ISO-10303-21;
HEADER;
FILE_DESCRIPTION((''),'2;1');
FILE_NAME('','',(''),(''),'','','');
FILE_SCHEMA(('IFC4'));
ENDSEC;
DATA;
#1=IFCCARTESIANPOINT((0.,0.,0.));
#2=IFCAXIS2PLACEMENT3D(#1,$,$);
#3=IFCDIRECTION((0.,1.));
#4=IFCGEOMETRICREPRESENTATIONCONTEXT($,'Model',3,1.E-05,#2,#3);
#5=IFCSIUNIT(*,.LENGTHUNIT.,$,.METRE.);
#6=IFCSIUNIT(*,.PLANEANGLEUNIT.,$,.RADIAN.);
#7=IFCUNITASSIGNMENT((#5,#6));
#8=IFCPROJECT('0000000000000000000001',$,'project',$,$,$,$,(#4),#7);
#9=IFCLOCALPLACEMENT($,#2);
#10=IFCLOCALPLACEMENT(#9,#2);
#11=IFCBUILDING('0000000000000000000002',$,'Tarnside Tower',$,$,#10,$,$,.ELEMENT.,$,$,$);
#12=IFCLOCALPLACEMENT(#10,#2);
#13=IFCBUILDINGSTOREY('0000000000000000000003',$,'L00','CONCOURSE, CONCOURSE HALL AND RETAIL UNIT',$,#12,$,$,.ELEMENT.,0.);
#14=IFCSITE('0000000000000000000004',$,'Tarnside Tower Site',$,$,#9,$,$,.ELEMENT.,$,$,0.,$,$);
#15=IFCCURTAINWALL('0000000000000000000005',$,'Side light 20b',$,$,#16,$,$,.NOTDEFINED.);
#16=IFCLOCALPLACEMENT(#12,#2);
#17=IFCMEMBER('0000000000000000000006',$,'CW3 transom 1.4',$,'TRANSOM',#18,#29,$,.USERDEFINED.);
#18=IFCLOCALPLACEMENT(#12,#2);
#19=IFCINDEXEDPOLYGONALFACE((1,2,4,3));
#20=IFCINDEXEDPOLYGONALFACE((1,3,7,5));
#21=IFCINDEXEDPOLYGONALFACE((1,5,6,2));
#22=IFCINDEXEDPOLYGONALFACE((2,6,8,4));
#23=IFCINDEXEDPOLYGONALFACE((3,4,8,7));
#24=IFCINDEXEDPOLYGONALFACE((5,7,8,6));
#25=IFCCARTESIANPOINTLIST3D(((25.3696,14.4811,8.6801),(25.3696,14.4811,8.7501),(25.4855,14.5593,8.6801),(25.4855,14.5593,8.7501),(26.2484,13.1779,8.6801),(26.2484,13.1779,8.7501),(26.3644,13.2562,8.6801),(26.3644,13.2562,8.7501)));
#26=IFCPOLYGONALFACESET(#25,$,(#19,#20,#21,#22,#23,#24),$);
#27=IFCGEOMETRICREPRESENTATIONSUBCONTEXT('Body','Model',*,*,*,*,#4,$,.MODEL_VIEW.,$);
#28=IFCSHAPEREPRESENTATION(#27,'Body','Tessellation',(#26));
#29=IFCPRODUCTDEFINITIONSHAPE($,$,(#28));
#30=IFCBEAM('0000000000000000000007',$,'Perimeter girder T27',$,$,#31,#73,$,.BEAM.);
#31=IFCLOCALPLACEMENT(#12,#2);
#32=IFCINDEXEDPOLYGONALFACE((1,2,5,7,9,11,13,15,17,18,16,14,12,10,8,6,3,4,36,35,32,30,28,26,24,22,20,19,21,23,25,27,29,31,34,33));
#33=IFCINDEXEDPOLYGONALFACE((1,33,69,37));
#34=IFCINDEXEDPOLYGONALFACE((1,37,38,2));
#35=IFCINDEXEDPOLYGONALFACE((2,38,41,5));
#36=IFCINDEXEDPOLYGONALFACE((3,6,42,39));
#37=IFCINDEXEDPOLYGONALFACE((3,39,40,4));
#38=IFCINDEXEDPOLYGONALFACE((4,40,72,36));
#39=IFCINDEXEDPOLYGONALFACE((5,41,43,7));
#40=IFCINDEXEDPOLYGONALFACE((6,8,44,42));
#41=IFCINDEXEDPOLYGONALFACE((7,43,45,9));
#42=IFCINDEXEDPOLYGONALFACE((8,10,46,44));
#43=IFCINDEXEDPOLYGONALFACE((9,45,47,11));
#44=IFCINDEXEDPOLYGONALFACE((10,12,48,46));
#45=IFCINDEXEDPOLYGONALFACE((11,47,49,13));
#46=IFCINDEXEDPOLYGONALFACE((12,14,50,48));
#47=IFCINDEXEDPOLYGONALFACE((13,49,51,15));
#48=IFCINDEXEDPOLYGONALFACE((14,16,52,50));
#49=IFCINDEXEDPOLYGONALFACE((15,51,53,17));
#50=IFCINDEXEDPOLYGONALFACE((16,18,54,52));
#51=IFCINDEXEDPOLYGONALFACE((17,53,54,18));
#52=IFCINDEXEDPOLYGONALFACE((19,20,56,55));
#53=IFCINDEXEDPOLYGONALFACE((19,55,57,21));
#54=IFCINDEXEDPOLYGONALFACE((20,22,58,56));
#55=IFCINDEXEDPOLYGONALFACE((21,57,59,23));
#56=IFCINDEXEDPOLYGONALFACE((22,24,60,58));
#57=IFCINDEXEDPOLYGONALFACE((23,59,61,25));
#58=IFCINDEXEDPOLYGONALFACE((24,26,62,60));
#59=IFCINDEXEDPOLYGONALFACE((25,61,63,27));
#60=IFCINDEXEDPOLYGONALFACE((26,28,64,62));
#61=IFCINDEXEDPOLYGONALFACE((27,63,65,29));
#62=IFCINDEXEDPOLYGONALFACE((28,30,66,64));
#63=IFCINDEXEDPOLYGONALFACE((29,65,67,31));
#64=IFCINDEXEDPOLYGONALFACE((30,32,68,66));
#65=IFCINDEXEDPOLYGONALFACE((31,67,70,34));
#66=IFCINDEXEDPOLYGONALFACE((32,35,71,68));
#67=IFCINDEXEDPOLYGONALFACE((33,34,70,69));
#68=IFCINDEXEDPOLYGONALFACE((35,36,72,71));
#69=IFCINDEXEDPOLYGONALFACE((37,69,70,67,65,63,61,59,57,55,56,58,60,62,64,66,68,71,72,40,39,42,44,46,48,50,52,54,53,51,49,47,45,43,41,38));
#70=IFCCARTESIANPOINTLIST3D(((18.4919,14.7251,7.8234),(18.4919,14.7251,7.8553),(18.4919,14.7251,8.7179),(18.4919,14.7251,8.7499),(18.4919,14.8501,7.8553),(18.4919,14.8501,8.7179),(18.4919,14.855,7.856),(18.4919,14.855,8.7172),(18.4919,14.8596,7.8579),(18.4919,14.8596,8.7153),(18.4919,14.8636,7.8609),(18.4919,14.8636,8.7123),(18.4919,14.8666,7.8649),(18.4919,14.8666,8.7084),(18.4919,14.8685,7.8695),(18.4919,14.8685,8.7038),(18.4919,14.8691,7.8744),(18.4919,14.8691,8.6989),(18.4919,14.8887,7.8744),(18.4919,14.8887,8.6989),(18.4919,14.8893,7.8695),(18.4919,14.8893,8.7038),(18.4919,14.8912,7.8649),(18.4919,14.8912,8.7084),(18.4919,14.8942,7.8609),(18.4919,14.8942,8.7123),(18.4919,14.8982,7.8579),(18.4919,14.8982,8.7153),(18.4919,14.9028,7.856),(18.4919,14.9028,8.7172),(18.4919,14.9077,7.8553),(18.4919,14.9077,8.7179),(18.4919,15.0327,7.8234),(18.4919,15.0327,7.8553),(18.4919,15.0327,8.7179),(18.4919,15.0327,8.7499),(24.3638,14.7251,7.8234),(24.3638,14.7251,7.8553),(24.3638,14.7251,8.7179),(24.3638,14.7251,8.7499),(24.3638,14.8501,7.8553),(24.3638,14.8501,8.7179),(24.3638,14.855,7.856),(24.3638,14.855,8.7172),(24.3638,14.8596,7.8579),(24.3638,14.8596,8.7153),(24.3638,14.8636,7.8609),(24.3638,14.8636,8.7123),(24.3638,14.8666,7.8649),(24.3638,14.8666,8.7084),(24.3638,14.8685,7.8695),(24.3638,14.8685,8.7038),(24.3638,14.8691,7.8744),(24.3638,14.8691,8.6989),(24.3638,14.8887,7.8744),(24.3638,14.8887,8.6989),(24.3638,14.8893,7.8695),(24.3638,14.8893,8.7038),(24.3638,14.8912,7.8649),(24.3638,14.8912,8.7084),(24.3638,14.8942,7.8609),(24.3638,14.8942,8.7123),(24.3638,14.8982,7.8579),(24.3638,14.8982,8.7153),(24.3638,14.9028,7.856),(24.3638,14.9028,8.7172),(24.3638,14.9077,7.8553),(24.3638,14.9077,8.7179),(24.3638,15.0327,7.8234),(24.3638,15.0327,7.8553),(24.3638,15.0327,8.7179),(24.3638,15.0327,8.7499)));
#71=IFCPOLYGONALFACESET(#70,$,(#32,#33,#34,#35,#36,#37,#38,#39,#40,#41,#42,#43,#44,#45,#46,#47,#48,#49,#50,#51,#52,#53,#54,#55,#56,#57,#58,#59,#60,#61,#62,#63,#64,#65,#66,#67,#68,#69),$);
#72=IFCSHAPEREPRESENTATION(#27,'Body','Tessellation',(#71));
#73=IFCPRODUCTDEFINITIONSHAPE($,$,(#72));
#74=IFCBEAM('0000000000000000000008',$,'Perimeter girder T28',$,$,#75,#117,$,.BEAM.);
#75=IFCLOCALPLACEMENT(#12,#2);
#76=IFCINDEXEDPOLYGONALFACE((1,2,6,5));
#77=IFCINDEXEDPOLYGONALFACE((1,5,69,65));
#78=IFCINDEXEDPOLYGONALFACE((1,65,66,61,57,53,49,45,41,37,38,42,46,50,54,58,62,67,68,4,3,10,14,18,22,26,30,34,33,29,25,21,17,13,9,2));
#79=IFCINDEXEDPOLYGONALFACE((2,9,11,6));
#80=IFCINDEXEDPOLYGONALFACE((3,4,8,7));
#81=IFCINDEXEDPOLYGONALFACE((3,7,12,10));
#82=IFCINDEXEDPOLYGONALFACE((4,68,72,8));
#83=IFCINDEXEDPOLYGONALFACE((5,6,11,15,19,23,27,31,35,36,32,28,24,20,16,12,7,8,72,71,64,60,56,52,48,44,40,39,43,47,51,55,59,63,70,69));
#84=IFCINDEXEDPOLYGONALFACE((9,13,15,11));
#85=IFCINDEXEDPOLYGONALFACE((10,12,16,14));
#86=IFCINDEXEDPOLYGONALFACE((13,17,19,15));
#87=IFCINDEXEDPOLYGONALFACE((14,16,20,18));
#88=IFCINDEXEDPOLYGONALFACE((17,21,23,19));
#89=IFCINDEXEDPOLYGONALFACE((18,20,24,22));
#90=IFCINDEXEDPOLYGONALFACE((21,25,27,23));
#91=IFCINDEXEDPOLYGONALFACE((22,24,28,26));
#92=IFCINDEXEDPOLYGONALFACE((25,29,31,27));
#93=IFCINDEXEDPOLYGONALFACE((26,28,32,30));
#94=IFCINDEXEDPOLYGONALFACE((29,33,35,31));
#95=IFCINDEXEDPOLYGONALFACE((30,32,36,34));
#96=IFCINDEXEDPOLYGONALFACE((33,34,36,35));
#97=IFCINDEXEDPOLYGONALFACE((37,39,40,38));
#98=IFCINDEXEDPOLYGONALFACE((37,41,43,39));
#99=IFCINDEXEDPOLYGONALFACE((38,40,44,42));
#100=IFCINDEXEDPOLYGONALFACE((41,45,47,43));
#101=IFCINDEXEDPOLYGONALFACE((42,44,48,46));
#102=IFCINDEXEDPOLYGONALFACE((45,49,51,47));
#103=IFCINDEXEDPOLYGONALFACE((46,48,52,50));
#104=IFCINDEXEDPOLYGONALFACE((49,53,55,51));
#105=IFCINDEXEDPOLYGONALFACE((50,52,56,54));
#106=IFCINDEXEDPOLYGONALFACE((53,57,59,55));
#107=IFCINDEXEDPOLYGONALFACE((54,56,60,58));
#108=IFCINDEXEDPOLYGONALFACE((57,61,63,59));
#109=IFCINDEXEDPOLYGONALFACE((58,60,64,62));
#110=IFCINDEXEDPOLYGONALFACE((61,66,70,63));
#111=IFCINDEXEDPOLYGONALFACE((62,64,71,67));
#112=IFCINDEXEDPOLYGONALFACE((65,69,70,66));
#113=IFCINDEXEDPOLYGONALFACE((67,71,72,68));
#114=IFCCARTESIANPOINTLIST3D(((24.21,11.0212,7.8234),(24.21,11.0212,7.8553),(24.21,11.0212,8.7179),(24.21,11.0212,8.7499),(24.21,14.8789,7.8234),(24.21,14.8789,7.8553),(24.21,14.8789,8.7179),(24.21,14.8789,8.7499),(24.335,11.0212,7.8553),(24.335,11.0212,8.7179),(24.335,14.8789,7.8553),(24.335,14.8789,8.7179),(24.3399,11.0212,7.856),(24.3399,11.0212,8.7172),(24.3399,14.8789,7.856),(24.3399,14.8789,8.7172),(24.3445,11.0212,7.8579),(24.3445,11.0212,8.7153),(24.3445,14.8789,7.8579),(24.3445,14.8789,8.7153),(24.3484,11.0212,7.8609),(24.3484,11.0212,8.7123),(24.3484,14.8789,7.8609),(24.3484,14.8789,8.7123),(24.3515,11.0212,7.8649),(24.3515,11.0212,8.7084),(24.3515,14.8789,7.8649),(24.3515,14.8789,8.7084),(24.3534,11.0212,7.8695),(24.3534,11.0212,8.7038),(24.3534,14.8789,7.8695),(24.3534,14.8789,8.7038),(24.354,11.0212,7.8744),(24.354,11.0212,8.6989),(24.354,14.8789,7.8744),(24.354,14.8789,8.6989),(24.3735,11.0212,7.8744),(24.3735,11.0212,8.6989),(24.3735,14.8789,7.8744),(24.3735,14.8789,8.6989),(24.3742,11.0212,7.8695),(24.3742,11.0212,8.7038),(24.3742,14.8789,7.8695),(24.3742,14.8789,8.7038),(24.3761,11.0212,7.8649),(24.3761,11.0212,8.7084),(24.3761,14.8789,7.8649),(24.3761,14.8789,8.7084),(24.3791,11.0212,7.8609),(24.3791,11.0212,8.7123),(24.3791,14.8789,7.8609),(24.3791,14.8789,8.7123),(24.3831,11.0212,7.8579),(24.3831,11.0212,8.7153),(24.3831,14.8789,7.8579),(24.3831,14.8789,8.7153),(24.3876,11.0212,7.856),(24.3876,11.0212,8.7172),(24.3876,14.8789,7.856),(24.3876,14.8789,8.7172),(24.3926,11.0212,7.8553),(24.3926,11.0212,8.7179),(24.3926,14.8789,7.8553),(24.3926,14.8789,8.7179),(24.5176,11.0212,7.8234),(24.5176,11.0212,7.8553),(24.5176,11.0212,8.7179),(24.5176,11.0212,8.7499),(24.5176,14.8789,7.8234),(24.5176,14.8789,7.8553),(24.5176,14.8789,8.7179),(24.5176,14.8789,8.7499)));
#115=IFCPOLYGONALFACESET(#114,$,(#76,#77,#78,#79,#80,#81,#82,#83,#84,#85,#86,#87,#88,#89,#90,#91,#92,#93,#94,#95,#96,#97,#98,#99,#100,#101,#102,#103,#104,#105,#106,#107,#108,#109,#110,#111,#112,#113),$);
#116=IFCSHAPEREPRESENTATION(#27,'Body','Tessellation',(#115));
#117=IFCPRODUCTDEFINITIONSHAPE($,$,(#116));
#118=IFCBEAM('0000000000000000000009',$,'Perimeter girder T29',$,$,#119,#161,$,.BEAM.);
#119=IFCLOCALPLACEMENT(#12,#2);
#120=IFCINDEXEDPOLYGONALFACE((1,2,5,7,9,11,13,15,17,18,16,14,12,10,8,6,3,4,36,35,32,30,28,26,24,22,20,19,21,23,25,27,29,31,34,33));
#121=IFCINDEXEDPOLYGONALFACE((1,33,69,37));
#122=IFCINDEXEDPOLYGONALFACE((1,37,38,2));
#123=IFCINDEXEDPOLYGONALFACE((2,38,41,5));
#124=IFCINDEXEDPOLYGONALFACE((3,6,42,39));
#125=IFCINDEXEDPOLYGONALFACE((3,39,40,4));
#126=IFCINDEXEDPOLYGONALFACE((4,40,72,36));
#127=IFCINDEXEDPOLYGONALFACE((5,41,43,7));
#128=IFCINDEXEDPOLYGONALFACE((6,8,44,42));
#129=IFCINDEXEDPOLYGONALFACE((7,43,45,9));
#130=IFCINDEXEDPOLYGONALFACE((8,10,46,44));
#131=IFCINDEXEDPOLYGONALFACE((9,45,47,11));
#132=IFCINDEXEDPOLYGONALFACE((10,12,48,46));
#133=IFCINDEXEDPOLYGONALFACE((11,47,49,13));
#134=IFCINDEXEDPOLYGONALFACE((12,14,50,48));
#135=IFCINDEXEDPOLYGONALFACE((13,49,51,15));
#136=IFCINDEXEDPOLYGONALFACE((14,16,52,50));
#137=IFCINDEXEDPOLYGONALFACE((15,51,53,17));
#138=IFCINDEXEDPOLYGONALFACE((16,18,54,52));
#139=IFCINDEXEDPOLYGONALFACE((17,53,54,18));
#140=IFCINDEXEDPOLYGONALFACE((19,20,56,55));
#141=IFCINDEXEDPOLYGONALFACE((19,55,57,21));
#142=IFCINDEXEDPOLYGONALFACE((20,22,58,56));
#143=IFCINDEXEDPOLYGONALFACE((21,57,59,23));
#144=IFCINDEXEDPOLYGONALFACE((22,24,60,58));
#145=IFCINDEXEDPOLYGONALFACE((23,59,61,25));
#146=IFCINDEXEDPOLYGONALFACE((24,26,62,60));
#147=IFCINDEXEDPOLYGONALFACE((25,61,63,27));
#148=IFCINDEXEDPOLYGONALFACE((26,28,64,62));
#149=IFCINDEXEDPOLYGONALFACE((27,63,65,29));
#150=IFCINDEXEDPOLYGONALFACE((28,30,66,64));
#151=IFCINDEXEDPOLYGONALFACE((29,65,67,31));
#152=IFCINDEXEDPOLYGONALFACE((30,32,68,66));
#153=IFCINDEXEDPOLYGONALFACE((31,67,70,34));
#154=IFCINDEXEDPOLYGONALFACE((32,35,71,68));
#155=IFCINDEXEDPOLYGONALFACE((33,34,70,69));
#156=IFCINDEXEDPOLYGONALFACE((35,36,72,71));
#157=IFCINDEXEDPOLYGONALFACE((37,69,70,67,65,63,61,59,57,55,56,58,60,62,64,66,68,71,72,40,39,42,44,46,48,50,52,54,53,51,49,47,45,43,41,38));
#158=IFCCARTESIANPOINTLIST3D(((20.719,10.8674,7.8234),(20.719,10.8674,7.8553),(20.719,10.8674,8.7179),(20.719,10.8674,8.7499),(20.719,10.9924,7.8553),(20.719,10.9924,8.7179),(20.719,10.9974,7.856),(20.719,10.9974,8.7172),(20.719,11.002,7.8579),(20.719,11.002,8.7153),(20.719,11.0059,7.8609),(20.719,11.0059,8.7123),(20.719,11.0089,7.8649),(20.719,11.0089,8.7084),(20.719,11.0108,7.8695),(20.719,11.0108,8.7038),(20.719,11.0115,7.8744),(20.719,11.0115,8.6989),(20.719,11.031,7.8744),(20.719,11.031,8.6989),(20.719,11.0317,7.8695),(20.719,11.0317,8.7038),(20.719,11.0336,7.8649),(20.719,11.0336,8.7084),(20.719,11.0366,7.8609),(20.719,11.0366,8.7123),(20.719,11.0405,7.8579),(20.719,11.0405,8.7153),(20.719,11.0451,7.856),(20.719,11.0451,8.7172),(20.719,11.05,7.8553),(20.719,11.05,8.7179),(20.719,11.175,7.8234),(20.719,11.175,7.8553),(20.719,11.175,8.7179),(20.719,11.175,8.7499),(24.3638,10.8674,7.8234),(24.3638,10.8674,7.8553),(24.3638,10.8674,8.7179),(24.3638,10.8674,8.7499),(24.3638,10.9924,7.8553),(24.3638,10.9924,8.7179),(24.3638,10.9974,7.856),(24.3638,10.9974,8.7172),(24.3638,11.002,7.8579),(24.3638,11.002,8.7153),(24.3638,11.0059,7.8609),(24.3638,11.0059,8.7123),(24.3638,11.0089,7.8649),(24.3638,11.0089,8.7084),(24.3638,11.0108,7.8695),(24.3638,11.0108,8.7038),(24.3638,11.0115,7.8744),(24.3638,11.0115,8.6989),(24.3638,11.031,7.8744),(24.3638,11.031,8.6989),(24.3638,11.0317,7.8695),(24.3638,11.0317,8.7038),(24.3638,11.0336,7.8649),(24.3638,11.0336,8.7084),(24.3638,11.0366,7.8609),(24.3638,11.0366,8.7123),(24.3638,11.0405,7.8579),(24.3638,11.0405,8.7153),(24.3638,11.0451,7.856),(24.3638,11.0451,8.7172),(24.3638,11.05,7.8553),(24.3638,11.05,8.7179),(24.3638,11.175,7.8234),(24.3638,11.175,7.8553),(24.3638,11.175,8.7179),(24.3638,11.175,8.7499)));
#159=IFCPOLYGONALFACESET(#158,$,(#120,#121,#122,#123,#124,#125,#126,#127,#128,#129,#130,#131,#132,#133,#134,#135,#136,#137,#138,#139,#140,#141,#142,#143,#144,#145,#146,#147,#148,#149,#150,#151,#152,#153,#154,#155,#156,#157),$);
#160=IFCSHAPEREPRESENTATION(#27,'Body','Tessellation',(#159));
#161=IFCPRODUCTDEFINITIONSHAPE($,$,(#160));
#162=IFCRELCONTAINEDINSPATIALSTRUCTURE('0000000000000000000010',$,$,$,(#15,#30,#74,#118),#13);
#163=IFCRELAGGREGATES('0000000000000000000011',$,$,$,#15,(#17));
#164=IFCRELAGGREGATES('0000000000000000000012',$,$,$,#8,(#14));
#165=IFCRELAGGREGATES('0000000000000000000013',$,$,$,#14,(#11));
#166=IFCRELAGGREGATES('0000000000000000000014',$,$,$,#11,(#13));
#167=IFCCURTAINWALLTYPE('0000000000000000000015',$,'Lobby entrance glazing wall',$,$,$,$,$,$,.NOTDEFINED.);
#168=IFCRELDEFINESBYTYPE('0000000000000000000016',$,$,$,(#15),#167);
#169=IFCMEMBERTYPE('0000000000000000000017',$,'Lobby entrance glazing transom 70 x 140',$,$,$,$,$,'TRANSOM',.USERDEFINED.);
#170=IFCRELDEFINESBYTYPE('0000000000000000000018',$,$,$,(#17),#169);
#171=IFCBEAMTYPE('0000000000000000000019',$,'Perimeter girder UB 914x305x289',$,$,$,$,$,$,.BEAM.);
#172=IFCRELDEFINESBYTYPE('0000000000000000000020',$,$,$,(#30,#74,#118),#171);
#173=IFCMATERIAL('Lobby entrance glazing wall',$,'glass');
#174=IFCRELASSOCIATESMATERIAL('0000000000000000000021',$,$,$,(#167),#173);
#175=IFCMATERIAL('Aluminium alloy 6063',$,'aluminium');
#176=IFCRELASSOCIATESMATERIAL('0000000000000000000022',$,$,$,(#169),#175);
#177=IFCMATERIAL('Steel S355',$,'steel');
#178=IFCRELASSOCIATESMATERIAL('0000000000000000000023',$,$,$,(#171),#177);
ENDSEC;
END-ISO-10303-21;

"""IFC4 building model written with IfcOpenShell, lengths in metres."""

from ifc_helpers import new_model, si_unit, direction, frame, origin, origin_2d, place, context, subcontext, project, spatial, rectangle, i_section, extrude, material, material_profile, profile_set, type_object, element, aggregate, save


model = new_model("IFC4")

# Units and contexts
model_context = context("Model", 3, precision=1e-05, world=origin(), true_north=direction((0.0, 1.0)))
body_context = subcontext(model_context, "Body", "Model", "MODEL_VIEW")
ifc_project = project(units=[si_unit("LENGTHUNIT", "METRE"), si_unit("PLANEANGLEUNIT", "RADIAN")], contexts=[model_context])

# Site, building, storey
site_placement = place(None, origin())
site = spatial("IfcSite", under=ifc_project, at=site_placement, Name="Tarnside Tower Site", CompositionType="ELEMENT", RefElevation=0.0)
building_placement = place(site_placement, origin())
building = spatial("IfcBuilding", under=site, at=building_placement, Name="Tarnside Tower", CompositionType="ELEMENT")
storey_placement = place(building_placement, origin())
storey = spatial("IfcBuildingStorey", under=building, at=storey_placement, Name="L00", Description="CONCOURSE, CONCOURSE HALL AND RETAIL UNIT", CompositionType="ELEMENT", Elevation=0.0)

# Shared definitions
ifc_material_1 = material(Name="Steel S355", Category="steel")

# Curtain wall, member
ifc_material_2 = material(Name="Lobby entrance glazing wall", Category="glass")
curtain_wall_type_1 = type_object("IfcCurtainWallType", Name="Lobby entrance glazing wall", PredefinedType="NOTDEFINED", material=ifc_material_2)
curtain_wall_1_placement = place(storey_placement, origin())
curtain_wall_1 = element("IfcCurtainWall", 1, at=curtain_wall_1_placement, inside=storey, type_object=curtain_wall_type_1, Name="Side light 20b", PredefinedType="NOTDEFINED")
ifc_material_3 = material(Name="Aluminium alloy 6063", Category="aluminium")
ifc_material_profile_1 = material_profile(ifc_material_3, rectangle(XDim=0.1399, YDim=0.0701, at=origin_2d()), Name="Lobby entrance glazing transom 70 x 140")
ifc_profile_set_1 = profile_set([ifc_material_profile_1], Name="Aluminium alloy 6063")
member_type_1 = type_object("IfcMemberType", Name="Lobby entrance glazing transom 70 x 140", ElementType="TRANSOM", PredefinedType="USERDEFINED", material=ifc_profile_set_1)
member_1_placement = place(storey_placement, frame((26.3064, 13.217, 8.7151), z_axis=(-0.559137, 0.829075, 0.0), x_axis=(-0.829075, -0.559137, 0.0)))
member_1 = element("IfcMember", 2, at=member_1_placement, type_object=member_type_1, Name="CW3 transom 1.4", ObjectType="TRANSOM", PredefinedType="USERDEFINED", context=body_context, shape_type="SweptSolid", body=[
    extrude(rectangle(XDim=0.1399, YDim=0.0701, at=origin_2d()), origin(), (0.0, 0.0, 1.0), 1.5718),
])

# Beams
ifc_material_profile_2 = material_profile(ifc_material_1, i_section(OverallWidth=0.3076, OverallDepth=0.9265, WebThickness=0.0195, FlangeThickness=0.032, FilletRadius=0.019, at=origin_2d()), Name="UB 914x305x289")
ifc_profile_set_2 = profile_set([ifc_material_profile_2], Name="Steel S355")
beam_type_1 = type_object("IfcBeamType", Name="Perimeter girder UB 914x305x289", PredefinedType="BEAM", material=ifc_profile_set_2)
beam_1_placement = place(storey_placement, frame((18.4919, 14.8789, 8.2866), z_axis=(1.0, 0.0, 0.0), x_axis=(0.0, 1.0, 0.0)))
element("IfcBeam", 3, at=beam_1_placement, inside=storey, type_object=beam_type_1, Name="Perimeter girder T27", PredefinedType="BEAM", context=body_context, shape_type="SweptSolid", body=[
    extrude(i_section(OverallWidth=0.3076, OverallDepth=0.9265, WebThickness=0.0195, FlangeThickness=0.032, FilletRadius=0.019, at=origin_2d()), origin(), (0.0, 0.0, 1.0), 5.8718),
])
beam_2_placement = place(storey_placement, frame((24.3638, 14.8789, 8.2866), z_axis=(0.0, -1.0, 0.0), x_axis=(1.0, 0.0, 0.0)))
element("IfcBeam", 4, at=beam_2_placement, inside=storey, type_object=beam_type_1, Name="Perimeter girder T28", PredefinedType="BEAM", context=body_context, shape_type="SweptSolid", body=[
    extrude(i_section(OverallWidth=0.3076, OverallDepth=0.9265, WebThickness=0.0195, FlangeThickness=0.032, FilletRadius=0.019, at=origin_2d()), origin(), (0.0, 0.0, 1.0), 3.8577),
])
beam_3_placement = place(storey_placement, frame((24.3638, 11.0212, 8.2866), z_axis=(-1.0, 0.0, 0.0), x_axis=(0.0, -1.0, 0.0)))
element("IfcBeam", 5, at=beam_3_placement, inside=storey, type_object=beam_type_1, Name="Perimeter girder T29", PredefinedType="BEAM", context=body_context, shape_type="SweptSolid", body=[
    extrude(i_section(OverallWidth=0.3076, OverallDepth=0.9265, WebThickness=0.0195, FlangeThickness=0.032, FilletRadius=0.019, at=origin_2d()), origin(), (0.0, 0.0, 1.0), 3.6448),
])

aggregate(curtain_wall_1, [member_1])

save(model, "model.ifc")
